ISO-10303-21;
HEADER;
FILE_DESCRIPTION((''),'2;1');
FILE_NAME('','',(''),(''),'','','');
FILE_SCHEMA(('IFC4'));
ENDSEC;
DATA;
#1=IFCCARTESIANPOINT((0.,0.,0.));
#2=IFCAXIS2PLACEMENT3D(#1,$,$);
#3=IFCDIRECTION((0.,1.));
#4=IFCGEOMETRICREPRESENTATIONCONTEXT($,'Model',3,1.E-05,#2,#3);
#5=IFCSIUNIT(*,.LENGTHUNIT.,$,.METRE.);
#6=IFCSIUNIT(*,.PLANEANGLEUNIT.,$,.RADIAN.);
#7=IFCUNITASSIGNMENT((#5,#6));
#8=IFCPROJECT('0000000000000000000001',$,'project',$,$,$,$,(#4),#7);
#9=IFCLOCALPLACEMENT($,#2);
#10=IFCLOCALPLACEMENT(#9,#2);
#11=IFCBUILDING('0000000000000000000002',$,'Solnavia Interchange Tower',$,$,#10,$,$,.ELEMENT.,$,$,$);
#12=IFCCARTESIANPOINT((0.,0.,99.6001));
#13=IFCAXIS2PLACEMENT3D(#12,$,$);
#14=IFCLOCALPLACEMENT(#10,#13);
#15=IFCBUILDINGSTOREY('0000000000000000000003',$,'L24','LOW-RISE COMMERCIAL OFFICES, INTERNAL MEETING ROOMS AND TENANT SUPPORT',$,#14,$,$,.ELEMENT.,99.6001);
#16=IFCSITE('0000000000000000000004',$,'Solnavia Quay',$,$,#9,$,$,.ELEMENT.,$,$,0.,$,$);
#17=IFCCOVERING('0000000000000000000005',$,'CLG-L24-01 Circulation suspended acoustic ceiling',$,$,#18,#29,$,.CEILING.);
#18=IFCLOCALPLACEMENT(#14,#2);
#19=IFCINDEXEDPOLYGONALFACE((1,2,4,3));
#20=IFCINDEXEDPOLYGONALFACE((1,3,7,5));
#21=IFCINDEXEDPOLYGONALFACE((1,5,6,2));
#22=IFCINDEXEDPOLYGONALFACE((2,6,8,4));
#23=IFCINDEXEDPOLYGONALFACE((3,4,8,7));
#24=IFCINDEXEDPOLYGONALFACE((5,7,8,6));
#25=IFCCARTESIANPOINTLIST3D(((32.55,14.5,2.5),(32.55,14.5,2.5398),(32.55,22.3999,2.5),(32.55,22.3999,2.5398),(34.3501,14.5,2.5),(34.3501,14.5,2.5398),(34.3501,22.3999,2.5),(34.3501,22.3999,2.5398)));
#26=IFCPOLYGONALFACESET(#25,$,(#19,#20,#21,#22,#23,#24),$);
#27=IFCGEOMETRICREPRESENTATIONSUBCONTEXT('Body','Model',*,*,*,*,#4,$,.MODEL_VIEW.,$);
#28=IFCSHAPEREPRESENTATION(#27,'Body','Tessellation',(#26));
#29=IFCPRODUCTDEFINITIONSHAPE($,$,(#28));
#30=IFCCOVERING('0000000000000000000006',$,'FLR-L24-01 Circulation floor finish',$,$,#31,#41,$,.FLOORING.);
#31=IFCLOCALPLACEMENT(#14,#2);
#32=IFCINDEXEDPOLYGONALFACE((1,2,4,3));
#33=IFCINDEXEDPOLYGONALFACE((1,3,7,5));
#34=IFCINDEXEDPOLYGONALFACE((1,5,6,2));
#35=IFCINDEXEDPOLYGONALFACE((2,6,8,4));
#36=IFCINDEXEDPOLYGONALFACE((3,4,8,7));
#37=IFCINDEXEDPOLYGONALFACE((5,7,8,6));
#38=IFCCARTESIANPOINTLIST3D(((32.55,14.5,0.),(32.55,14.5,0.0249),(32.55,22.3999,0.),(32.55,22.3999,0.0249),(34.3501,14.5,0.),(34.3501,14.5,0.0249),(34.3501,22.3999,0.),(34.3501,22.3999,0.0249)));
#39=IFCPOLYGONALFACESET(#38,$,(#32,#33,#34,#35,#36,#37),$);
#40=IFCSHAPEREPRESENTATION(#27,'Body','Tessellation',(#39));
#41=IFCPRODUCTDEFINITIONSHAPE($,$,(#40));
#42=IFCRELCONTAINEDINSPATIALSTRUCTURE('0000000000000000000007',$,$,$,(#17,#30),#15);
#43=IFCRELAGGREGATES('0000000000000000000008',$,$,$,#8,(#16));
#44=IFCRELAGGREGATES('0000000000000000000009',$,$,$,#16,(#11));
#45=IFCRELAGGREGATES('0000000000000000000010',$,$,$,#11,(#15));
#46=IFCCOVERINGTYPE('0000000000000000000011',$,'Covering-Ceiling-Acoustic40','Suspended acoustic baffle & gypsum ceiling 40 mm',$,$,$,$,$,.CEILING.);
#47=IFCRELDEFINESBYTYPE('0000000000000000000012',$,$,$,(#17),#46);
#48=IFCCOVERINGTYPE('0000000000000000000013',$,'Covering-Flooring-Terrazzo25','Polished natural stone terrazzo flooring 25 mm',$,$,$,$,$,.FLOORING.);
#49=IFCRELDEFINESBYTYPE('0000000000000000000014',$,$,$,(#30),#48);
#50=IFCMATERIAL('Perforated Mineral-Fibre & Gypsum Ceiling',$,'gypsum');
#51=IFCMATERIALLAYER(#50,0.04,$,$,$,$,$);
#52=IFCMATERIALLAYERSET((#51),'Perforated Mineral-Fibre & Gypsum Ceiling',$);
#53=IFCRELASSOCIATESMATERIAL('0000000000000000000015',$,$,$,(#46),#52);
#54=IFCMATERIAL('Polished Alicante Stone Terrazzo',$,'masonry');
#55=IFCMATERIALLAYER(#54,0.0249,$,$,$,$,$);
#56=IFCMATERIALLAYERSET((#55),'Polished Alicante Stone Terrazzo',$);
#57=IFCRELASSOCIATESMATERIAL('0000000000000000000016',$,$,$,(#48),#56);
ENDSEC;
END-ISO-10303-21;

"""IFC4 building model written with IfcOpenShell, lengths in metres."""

from ifc_helpers import new_model, si_unit, direction, frame, origin, place, context, subcontext, project, spatial, polyline, outline, extrude, material, layer, layer_set, type_object, element, save


model = new_model("IFC4")

# Units and contexts
model_context = context("Model", 3, precision=1e-05, world=origin(), true_north=direction((0.0, 1.0)))
body_context = subcontext(model_context, "Body", "Model", "MODEL_VIEW")
ifc_project = project(units=[si_unit("LENGTHUNIT", "METRE"), si_unit("PLANEANGLEUNIT", "RADIAN")], contexts=[model_context])

# Site, building, storey
site_placement = place(None, origin())
site = spatial("IfcSite", under=ifc_project, at=site_placement, Name="Solnavia Quay", CompositionType="ELEMENT", RefElevation=0.0)
building_placement = place(site_placement, origin())
building = spatial("IfcBuilding", under=site, at=building_placement, Name="Solnavia Interchange Tower", CompositionType="ELEMENT")
storey_placement = place(building_placement, frame((0.0, 0.0, 99.6001)))
storey = spatial("IfcBuildingStorey", under=building, at=storey_placement, Name="L24", Description="LOW-RISE COMMERCIAL OFFICES, INTERNAL MEETING ROOMS AND TENANT SUPPORT", CompositionType="ELEMENT", Elevation=99.6001)

# Coverings
ifc_material_1 = material(Name="Perforated Mineral-Fibre & Gypsum Ceiling", Category="gypsum")
ifc_layer_1 = layer(ifc_material_1, 0.04)
ifc_layer_set_1 = layer_set([ifc_layer_1], Name="Perforated Mineral-Fibre & Gypsum Ceiling")
covering_type_1 = type_object("IfcCoveringType", Name="Covering-Ceiling-Acoustic40", Description="Suspended acoustic baffle & gypsum ceiling 40 mm", PredefinedType="CEILING", material=ifc_layer_set_1)
covering_1_placement = place(storey_placement, frame((0.0, 0.0, 2.5)))
element("IfcCovering", 1, at=covering_1_placement, inside=storey, type_object=covering_type_1, Name="CLG-L24-01 Circulation suspended acoustic ceiling", PredefinedType="CEILING", context=body_context, shape_type="SweptSolid", body=[
    extrude(outline(polyline([(32.55, 14.5), (34.3501, 14.5), (34.3501, 22.3999), (32.55, 22.3999), (32.55, 14.5)])), origin(), (0.0, 0.0, 1.0), 0.0398),
])
ifc_material_2 = material(Name="Polished Alicante Stone Terrazzo", Category="masonry")
ifc_layer_2 = layer(ifc_material_2, 0.0249)
ifc_layer_set_2 = layer_set([ifc_layer_2], Name="Polished Alicante Stone Terrazzo")
covering_type_2 = type_object("IfcCoveringType", Name="Covering-Flooring-Terrazzo25", Description="Polished natural stone terrazzo flooring 25 mm", PredefinedType="FLOORING", material=ifc_layer_set_2)
covering_2_placement = place(storey_placement, origin())
element("IfcCovering", 2, at=covering_2_placement, inside=storey, type_object=covering_type_2, Name="FLR-L24-01 Circulation floor finish", PredefinedType="FLOORING", context=body_context, shape_type="SweptSolid", body=[
    extrude(outline(polyline([(32.55, 14.5), (34.3501, 14.5), (34.3501, 22.3999), (32.55, 22.3999), (32.55, 14.5)])), origin(), (0.0, 0.0, 1.0), 0.0249),
])

save(model, "model.ifc")
